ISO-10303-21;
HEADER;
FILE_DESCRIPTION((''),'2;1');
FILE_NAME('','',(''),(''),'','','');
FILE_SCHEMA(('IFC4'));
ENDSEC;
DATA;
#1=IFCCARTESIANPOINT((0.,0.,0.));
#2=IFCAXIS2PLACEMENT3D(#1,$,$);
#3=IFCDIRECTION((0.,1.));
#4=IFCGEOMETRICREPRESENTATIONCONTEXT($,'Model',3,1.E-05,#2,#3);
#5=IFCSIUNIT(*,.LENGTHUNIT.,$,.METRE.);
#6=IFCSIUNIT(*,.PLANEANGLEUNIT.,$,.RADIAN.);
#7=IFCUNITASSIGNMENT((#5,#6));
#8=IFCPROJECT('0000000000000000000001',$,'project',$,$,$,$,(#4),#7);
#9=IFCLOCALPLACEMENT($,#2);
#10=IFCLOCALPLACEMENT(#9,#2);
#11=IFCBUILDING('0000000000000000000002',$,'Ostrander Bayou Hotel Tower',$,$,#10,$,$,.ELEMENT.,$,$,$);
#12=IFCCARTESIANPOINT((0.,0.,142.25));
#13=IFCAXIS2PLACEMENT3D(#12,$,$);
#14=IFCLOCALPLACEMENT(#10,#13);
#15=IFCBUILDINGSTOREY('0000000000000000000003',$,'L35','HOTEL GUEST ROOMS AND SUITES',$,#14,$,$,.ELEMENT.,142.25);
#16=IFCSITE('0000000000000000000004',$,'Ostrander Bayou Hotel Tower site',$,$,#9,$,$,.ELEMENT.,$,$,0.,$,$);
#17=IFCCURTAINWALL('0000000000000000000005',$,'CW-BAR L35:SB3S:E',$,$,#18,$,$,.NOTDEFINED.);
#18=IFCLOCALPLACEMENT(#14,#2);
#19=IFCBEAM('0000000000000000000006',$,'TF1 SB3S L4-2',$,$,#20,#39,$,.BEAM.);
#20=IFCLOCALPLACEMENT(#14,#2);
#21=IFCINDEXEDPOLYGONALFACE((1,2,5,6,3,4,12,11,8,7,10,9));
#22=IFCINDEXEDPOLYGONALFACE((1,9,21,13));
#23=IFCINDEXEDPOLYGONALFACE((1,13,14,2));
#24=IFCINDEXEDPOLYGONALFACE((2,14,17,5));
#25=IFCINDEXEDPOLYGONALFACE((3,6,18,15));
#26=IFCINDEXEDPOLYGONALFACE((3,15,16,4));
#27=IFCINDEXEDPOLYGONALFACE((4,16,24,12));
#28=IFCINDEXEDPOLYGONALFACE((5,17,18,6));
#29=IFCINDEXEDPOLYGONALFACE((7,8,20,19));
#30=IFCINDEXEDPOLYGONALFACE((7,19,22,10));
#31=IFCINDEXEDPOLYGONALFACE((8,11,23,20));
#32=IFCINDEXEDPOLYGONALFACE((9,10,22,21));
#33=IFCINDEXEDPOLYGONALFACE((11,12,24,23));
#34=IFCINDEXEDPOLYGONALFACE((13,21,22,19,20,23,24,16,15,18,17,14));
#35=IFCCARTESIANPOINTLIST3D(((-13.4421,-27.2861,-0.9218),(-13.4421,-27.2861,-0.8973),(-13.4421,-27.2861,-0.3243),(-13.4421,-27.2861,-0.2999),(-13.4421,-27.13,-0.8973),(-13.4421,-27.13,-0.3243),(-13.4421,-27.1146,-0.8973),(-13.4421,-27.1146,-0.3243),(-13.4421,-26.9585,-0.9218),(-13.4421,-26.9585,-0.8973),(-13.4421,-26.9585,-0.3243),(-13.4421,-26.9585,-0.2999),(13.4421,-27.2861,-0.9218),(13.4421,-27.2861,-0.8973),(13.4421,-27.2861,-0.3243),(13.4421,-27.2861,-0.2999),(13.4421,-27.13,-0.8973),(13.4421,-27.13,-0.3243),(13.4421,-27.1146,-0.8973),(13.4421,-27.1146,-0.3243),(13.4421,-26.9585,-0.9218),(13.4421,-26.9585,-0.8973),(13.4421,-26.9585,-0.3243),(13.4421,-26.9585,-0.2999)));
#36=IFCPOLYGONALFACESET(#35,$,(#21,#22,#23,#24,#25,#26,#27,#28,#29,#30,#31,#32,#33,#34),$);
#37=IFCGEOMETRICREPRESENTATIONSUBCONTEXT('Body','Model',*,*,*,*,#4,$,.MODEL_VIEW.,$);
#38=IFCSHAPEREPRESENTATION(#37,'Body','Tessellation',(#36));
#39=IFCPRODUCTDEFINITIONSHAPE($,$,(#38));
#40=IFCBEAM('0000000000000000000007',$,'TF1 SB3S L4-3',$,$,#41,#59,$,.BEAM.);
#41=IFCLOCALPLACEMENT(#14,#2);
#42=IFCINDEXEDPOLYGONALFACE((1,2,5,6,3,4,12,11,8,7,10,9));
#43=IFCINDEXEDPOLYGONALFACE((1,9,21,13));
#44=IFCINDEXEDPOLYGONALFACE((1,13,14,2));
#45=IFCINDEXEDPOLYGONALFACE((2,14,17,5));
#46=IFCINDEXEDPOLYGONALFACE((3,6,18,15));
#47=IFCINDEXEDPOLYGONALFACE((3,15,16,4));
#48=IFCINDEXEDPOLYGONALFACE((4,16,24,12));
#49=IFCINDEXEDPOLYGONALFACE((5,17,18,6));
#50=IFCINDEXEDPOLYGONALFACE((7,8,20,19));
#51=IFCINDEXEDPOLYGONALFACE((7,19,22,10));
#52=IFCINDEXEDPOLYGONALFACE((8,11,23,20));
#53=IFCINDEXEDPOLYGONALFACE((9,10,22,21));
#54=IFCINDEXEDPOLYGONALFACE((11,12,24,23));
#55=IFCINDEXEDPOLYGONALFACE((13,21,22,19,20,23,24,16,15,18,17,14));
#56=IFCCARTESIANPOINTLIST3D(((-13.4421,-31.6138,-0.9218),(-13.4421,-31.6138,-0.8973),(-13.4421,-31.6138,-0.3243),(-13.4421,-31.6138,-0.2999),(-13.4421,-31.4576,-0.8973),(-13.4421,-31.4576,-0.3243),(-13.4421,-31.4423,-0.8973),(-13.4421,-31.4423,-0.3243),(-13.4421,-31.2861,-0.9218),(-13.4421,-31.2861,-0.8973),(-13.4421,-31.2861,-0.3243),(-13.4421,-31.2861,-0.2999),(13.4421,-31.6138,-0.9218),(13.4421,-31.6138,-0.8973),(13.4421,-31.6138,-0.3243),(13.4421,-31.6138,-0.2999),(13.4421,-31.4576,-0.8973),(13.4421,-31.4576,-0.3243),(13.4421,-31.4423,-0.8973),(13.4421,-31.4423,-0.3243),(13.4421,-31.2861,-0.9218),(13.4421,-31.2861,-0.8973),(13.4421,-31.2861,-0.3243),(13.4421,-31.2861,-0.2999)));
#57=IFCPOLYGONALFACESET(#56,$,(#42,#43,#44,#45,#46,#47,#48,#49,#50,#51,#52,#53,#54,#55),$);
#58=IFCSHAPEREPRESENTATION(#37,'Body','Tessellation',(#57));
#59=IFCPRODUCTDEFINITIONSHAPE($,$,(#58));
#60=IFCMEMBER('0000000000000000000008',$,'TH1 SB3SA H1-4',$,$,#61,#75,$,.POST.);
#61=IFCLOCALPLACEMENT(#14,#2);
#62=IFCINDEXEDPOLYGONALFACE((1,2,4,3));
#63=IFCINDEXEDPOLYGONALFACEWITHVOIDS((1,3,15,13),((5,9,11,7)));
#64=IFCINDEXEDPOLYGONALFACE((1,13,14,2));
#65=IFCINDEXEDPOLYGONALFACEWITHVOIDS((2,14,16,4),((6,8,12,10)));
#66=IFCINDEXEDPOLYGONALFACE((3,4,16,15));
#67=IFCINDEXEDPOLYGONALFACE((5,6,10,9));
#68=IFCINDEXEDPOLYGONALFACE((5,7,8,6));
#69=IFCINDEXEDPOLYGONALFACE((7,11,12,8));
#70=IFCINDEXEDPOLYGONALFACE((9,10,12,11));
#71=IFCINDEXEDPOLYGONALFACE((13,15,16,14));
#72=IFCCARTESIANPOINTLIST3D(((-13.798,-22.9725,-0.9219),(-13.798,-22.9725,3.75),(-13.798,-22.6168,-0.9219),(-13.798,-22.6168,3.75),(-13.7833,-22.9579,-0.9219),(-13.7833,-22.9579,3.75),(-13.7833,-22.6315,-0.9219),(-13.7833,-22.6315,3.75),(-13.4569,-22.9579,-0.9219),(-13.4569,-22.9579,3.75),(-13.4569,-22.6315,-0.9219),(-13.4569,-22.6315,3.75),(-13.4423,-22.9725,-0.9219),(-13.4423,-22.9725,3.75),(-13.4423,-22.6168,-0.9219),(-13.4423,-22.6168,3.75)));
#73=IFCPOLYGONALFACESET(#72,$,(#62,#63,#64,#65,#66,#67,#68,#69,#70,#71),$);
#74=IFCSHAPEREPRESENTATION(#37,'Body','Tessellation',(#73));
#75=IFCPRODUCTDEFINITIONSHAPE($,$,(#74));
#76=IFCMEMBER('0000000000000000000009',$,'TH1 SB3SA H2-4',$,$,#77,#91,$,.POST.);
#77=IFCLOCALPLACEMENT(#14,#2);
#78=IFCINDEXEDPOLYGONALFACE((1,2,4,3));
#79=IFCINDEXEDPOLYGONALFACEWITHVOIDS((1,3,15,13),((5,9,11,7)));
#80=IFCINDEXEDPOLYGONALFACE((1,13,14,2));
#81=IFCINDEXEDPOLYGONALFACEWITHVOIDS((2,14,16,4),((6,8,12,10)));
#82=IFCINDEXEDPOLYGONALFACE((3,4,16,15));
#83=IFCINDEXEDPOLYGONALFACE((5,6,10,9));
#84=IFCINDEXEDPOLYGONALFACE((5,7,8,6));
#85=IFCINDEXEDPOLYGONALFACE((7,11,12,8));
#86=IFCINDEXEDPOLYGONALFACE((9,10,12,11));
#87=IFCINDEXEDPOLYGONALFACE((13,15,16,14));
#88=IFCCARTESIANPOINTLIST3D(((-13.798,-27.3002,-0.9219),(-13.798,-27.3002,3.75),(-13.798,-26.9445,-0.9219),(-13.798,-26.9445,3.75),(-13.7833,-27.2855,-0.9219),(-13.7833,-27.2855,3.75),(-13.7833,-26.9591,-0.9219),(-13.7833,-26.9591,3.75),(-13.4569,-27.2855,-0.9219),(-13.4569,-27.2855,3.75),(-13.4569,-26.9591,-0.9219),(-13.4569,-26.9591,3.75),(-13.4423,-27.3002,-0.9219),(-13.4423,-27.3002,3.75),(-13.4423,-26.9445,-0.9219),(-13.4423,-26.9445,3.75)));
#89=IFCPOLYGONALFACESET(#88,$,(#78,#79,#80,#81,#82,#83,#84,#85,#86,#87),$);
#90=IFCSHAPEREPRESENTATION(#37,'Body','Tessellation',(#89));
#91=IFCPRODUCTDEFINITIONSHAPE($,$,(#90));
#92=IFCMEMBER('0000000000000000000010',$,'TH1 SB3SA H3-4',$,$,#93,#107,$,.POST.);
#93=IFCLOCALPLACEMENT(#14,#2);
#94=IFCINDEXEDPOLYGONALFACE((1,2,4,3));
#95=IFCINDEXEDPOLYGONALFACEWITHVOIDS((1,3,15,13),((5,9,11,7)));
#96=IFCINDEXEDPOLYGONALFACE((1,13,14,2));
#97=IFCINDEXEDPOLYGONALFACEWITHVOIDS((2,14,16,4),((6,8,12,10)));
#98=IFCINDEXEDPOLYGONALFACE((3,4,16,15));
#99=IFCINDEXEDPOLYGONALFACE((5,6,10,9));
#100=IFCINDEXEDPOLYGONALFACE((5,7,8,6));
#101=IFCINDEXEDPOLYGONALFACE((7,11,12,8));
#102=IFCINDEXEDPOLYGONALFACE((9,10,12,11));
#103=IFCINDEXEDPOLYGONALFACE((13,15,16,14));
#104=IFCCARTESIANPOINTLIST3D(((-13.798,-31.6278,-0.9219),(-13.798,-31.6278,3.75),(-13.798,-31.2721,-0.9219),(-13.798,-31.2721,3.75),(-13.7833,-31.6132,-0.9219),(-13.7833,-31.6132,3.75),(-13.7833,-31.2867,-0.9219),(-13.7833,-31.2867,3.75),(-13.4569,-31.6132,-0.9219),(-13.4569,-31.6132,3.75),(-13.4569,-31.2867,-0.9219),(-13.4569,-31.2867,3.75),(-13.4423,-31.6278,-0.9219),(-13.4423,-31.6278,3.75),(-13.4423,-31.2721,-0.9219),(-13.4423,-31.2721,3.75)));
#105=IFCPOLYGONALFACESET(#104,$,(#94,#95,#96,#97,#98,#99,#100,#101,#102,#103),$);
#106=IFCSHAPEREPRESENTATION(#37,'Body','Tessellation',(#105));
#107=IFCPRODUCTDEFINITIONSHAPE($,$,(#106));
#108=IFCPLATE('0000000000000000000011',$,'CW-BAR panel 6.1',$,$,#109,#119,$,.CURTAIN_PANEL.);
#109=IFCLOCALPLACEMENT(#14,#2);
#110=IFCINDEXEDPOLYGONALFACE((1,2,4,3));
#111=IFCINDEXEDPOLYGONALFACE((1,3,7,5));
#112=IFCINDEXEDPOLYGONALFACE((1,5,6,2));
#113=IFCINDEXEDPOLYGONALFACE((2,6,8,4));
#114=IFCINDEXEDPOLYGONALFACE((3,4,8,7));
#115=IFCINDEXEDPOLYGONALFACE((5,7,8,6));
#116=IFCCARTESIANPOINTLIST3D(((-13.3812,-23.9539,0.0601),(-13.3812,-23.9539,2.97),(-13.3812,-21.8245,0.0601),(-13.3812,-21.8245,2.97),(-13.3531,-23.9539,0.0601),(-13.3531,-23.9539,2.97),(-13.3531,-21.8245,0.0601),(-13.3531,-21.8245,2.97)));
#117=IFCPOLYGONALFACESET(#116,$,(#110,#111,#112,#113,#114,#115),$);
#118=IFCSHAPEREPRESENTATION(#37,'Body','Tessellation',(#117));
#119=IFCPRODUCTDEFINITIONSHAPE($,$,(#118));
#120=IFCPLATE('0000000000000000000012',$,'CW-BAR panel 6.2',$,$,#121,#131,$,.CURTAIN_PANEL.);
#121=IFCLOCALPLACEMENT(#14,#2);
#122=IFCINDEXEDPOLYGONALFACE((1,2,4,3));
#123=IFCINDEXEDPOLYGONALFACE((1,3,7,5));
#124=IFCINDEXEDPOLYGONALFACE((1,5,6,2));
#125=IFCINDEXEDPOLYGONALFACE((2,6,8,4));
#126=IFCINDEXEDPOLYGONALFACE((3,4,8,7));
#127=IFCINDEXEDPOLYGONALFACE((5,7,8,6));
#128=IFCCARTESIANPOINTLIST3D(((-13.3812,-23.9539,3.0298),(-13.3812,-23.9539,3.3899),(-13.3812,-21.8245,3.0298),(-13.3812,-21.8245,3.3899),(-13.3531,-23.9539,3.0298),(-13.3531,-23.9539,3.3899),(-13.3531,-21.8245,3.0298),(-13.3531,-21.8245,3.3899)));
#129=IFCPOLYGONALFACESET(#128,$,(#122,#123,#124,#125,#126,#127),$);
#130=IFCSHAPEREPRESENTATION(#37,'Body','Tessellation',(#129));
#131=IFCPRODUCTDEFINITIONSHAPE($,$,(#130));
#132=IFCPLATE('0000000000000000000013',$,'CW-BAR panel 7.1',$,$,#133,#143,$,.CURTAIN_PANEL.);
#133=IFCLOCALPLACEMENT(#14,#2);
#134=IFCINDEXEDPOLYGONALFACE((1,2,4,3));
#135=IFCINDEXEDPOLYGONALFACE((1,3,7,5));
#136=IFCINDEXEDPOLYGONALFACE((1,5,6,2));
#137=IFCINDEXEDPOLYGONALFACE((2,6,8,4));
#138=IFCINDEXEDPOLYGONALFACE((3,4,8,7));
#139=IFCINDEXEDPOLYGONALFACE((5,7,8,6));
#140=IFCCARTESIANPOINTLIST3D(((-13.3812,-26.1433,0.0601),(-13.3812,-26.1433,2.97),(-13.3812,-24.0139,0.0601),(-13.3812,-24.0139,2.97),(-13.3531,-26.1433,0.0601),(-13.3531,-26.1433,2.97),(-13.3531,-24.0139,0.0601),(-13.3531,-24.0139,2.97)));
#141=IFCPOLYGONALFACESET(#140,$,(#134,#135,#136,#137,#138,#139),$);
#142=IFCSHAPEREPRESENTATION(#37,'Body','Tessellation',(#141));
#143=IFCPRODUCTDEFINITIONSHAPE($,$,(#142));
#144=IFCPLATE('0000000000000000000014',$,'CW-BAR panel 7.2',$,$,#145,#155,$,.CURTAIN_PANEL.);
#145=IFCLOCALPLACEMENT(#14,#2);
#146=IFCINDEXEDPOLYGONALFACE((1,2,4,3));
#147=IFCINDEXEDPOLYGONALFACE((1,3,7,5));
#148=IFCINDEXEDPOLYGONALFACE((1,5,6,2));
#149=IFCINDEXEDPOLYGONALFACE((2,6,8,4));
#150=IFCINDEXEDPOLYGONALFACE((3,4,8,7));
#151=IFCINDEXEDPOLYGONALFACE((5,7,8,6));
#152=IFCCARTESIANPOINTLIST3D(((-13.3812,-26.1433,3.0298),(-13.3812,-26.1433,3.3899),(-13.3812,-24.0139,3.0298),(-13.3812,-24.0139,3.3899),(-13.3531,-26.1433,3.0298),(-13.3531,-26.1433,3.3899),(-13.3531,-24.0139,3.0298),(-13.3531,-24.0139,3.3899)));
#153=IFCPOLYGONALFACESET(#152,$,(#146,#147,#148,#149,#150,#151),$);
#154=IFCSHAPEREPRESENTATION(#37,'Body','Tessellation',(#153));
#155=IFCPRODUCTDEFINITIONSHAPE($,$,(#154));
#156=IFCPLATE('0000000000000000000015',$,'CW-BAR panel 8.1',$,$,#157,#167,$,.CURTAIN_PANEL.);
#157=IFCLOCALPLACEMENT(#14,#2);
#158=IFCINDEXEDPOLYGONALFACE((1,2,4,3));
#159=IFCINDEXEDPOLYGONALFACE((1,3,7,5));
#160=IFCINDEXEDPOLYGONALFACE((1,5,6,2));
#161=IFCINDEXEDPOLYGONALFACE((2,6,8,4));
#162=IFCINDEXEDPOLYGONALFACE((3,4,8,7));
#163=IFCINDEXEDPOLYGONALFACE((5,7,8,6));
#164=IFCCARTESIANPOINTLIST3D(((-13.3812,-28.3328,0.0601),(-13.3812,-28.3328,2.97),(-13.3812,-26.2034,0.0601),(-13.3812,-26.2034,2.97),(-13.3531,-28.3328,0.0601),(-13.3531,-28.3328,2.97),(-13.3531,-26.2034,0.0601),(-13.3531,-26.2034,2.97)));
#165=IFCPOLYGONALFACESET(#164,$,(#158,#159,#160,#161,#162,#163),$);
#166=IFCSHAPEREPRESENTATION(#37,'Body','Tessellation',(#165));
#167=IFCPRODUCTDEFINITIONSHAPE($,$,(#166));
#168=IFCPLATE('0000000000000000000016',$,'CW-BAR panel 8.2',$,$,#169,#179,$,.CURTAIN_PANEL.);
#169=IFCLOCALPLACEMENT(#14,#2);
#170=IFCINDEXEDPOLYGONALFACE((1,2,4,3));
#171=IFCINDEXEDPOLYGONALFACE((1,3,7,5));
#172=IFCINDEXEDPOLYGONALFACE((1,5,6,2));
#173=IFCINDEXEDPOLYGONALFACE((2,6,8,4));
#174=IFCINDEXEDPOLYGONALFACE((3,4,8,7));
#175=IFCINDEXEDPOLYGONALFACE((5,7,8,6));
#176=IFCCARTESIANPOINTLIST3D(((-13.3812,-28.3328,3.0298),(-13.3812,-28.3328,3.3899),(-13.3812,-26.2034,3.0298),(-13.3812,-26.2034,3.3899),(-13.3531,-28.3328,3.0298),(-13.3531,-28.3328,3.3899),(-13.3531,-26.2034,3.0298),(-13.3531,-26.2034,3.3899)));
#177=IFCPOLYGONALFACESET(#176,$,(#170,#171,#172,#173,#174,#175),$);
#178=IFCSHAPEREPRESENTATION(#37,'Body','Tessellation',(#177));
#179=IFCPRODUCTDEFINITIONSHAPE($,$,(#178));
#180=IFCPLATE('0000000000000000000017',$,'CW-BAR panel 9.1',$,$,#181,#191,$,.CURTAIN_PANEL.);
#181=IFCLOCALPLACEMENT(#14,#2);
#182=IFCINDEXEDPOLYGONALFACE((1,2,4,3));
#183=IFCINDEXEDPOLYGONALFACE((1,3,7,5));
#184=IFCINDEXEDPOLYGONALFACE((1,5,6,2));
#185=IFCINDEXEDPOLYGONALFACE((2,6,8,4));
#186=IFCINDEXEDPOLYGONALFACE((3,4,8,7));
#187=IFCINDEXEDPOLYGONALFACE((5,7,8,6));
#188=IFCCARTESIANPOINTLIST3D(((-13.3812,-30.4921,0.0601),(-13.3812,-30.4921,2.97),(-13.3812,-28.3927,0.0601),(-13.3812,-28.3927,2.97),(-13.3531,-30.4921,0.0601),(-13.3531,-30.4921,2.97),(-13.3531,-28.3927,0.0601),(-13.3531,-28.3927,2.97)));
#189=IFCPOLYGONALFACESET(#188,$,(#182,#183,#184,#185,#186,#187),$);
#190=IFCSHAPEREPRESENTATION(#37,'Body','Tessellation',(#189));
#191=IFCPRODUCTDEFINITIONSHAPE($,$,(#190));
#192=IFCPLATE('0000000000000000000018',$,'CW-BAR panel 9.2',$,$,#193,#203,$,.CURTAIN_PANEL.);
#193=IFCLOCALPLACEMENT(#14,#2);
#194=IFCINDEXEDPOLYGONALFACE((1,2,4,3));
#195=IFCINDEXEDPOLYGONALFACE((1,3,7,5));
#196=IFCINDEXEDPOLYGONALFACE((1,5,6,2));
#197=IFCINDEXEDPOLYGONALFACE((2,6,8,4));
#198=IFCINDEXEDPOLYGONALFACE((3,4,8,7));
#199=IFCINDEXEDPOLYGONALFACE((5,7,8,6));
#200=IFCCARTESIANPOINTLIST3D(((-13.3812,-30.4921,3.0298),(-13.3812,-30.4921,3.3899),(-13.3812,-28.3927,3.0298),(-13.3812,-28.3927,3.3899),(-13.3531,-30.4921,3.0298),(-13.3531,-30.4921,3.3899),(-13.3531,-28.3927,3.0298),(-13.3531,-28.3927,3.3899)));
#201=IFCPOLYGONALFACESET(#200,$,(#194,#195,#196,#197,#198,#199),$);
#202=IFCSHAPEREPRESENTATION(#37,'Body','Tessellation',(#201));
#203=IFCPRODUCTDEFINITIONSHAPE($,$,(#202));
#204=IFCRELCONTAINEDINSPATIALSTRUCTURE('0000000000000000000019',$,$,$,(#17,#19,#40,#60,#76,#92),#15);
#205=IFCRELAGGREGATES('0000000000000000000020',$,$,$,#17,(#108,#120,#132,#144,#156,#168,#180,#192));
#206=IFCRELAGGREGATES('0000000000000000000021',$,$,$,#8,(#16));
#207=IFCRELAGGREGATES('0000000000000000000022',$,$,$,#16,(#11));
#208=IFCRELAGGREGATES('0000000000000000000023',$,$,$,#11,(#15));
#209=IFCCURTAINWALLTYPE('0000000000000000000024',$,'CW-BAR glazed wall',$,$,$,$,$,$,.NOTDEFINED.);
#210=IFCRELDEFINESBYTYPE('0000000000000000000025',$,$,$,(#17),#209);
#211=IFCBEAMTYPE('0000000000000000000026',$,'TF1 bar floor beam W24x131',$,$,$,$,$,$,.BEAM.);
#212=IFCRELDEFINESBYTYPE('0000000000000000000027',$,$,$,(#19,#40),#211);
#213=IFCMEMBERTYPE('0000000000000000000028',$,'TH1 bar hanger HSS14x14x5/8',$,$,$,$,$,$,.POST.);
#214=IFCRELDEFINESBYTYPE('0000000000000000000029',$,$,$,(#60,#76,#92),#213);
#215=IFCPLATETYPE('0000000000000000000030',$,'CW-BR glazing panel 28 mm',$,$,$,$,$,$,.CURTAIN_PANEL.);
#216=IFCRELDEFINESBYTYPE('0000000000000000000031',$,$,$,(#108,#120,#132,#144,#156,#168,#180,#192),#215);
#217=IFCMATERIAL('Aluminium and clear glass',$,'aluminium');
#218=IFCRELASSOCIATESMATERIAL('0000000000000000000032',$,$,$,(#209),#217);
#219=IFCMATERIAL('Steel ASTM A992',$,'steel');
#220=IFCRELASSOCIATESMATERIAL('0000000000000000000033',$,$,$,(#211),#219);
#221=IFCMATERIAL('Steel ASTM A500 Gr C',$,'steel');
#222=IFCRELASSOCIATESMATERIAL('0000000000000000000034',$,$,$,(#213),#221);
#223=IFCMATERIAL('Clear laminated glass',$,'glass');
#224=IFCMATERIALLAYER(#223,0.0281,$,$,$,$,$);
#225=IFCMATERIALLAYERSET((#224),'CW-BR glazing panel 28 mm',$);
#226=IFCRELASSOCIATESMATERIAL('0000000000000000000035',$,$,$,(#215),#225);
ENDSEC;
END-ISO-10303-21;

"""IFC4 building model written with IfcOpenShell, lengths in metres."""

from ifc_helpers import new_model, si_unit, direction, frame, origin, origin_2d, place, context, subcontext, project, spatial, rectangle, hollow_rectangle, i_section, extrude, material, layer, layer_set, material_profile, profile_set, type_object, element, aggregate, save


model = new_model("IFC4")

# Units and contexts
model_context = context("Model", 3, precision=1e-05, world=origin(), true_north=direction((0.0, 1.0)))
body_context = subcontext(model_context, "Body", "Model", "MODEL_VIEW")
ifc_project = project(units=[si_unit("LENGTHUNIT", "METRE"), si_unit("PLANEANGLEUNIT", "RADIAN")], contexts=[model_context])

# Site, building, storey
site_placement = place(None, origin())
site = spatial("IfcSite", under=ifc_project, at=site_placement, Name="Ostrander Bayou Hotel Tower site", CompositionType="ELEMENT", RefElevation=0.0)
building_placement = place(site_placement, origin())
building = spatial("IfcBuilding", under=site, at=building_placement, Name="Ostrander Bayou Hotel Tower", CompositionType="ELEMENT")
storey_placement = place(building_placement, frame((0.0, 0.0, 142.25)))
storey = spatial("IfcBuildingStorey", under=building, at=storey_placement, Name="L35", Description="HOTEL GUEST ROOMS AND SUITES", CompositionType="ELEMENT", Elevation=142.25)

# Curtain wall
ifc_material_1 = material(Name="Aluminium and clear glass", Category="aluminium")
curtain_wall_type = type_object("IfcCurtainWallType", Name="CW-BAR glazed wall", PredefinedType="NOTDEFINED", material=ifc_material_1)
curtain_wall_1_placement = place(storey_placement, origin())
curtain_wall_1 = element("IfcCurtainWall", 1, at=curtain_wall_1_placement, inside=storey, type_object=curtain_wall_type, Name="CW-BAR L35:SB3S:E", PredefinedType="NOTDEFINED")

# Beams
ifc_material_2 = material(Name="Steel ASTM A992", Category="steel")
ifc_material_profile_1 = material_profile(ifc_material_2, i_section(OverallWidth=0.3276, OverallDepth=0.6218, WebThickness=0.0154, FlangeThickness=0.0244, at=origin_2d()))
ifc_profile_set_1 = profile_set([ifc_material_profile_1], Name="Steel ASTM A992")
beam_type = type_object("IfcBeamType", Name="TF1 bar floor beam W24x131", PredefinedType="BEAM", material=ifc_profile_set_1)
for number, where, z_axis, x_axis, name in (
    (2, (-13.4421, -27.1223, -0.6108), (1.0, 0.0, 0.0), (0.0, 1.0, 0.0), "TF1 SB3S L4-2"),
    (3, (-13.4421, -31.45, -0.6108), (1.0, 0.0, 0.0), (0.0, 1.0, 0.0), "TF1 SB3S L4-3"),
):
    element("IfcBeam", number, at=place(storey_placement, frame(where, z_axis=z_axis, x_axis=x_axis)), inside=storey, type_object=beam_type, Name=name, PredefinedType="BEAM", context=body_context, shape_type="SweptSolid", body=[
        extrude(i_section(OverallWidth=0.3276, OverallDepth=0.6218, WebThickness=0.0154, FlangeThickness=0.0244, at=origin_2d()), origin(), (0.0, 0.0, 1.0), 26.8843),
    ])

# Members
ifc_material_3 = material(Name="Steel ASTM A500 Gr C", Category="steel")
ifc_material_profile_2 = material_profile(ifc_material_3, hollow_rectangle(XDim=0.3557, YDim=0.3557, WallThickness=0.0146, at=origin_2d()))
ifc_profile_set_2 = profile_set([ifc_material_profile_2], Name="Steel ASTM A500 Gr C")
member_type_1 = type_object("IfcMemberType", Name="TH1 bar hanger HSS14x14x5/8", PredefinedType="POST", material=ifc_profile_set_2)
for number, where, z_axis, x_axis, name in (
    (4, (-13.6201, -22.7947, -0.9219), (0.0, 0.0, 1.0), (1.0, 0.0, 0.0), "TH1 SB3SA H1-4"),
    (5, (-13.6201, -27.1223, -0.9219), (0.0, 0.0, 1.0), (1.0, 0.0, 0.0), "TH1 SB3SA H2-4"),
    (6, (-13.6201, -31.45, -0.9219), (0.0, 0.0, 1.0), (1.0, 0.0, 0.0), "TH1 SB3SA H3-4"),
):
    element("IfcMember", number, at=place(storey_placement, frame(where, z_axis=z_axis, x_axis=x_axis)), inside=storey, type_object=member_type_1, Name=name, PredefinedType="POST", context=body_context, shape_type="SweptSolid", body=[
        extrude(hollow_rectangle(XDim=0.3557, YDim=0.3557, WallThickness=0.0146, at=origin_2d()), origin(), (0.0, 0.0, 1.0), 4.6719),
    ])

# Plates
ifc_material_4 = material(Name="Clear laminated glass", Category="glass")
ifc_layer_1 = layer(ifc_material_4, 0.0281)
ifc_layer_set_1 = layer_set([ifc_layer_1], Name="CW-BR glazing panel 28 mm")
plate_type = type_object("IfcPlateType", Name="CW-BR glazing panel 28 mm", PredefinedType="CURTAIN_PANEL", material=ifc_layer_set_1)
plate_1_placement = place(storey_placement, frame((-13.3672, -22.8892, 0.0601), z_axis=(0.0, 0.0, 1.0), x_axis=(0.0, -1.0, 0.0)))
plate_1 = element("IfcPlate", 7, at=plate_1_placement, type_object=plate_type, Name="CW-BAR panel 6.1", PredefinedType="CURTAIN_PANEL", context=body_context, shape_type="SweptSolid", body=[
    extrude(rectangle(XDim=2.1294, YDim=0.0281, at=origin_2d()), origin(), (0.0, 0.0, 1.0), 2.9099),
])
plate_2_placement = place(storey_placement, frame((-13.3672, -22.8892, 3.0298), z_axis=(0.0, 0.0, 1.0), x_axis=(0.0, -1.0, 0.0)))
plate_2 = element("IfcPlate", 8, at=plate_2_placement, type_object=plate_type, Name="CW-BAR panel 6.2", PredefinedType="CURTAIN_PANEL", context=body_context, shape_type="SweptSolid", body=[
    extrude(rectangle(XDim=2.1294, YDim=0.0281, at=origin_2d()), origin(), (0.0, 0.0, 1.0), 0.3601),
])
plate_3_placement = place(storey_placement, frame((-13.3672, -25.0786, 0.0601), z_axis=(0.0, 0.0, 1.0), x_axis=(0.0, -1.0, 0.0)))
plate_3 = element("IfcPlate", 9, at=plate_3_placement, type_object=plate_type, Name="CW-BAR panel 7.1", PredefinedType="CURTAIN_PANEL", context=body_context, shape_type="SweptSolid", body=[
    extrude(rectangle(XDim=2.1294, YDim=0.0281, at=origin_2d()), origin(), (0.0, 0.0, 1.0), 2.9099),
])
plate_4_placement = place(storey_placement, frame((-13.3672, -25.0786, 3.0298), z_axis=(0.0, 0.0, 1.0), x_axis=(0.0, -1.0, 0.0)))
plate_4 = element("IfcPlate", 10, at=plate_4_placement, type_object=plate_type, Name="CW-BAR panel 7.2", PredefinedType="CURTAIN_PANEL", context=body_context, shape_type="SweptSolid", body=[
    extrude(rectangle(XDim=2.1294, YDim=0.0281, at=origin_2d()), origin(), (0.0, 0.0, 1.0), 0.3601),
])
plate_5_placement = place(storey_placement, frame((-13.3672, -27.2681, 0.0601), z_axis=(0.0, 0.0, 1.0), x_axis=(0.0, -1.0, 0.0)))
plate_5 = element("IfcPlate", 11, at=plate_5_placement, type_object=plate_type, Name="CW-BAR panel 8.1", PredefinedType="CURTAIN_PANEL", context=body_context, shape_type="SweptSolid", body=[
    extrude(rectangle(XDim=2.1294, YDim=0.0281, at=origin_2d()), origin(), (0.0, 0.0, 1.0), 2.9099),
])
plate_6_placement = place(storey_placement, frame((-13.3672, -27.2681, 3.0298), z_axis=(0.0, 0.0, 1.0), x_axis=(0.0, -1.0, 0.0)))
plate_6 = element("IfcPlate", 12, at=plate_6_placement, type_object=plate_type, Name="CW-BAR panel 8.2", PredefinedType="CURTAIN_PANEL", context=body_context, shape_type="SweptSolid", body=[
    extrude(rectangle(XDim=2.1294, YDim=0.0281, at=origin_2d()), origin(), (0.0, 0.0, 1.0), 0.3601),
])
plate_7_placement = place(storey_placement, frame((-13.3672, -29.4424, 0.0601), z_axis=(0.0, 0.0, 1.0), x_axis=(0.0, -1.0, 0.0)))
plate_7 = element("IfcPlate", 13, at=plate_7_placement, type_object=plate_type, Name="CW-BAR panel 9.1", PredefinedType="CURTAIN_PANEL", context=body_context, shape_type="SweptSolid", body=[
    extrude(rectangle(XDim=2.0994, YDim=0.0281, at=origin_2d()), origin(), (0.0, 0.0, 1.0), 2.9099),
])
plate_8_placement = place(storey_placement, frame((-13.3672, -29.4424, 3.0298), z_axis=(0.0, 0.0, 1.0), x_axis=(0.0, -1.0, 0.0)))
plate_8 = element("IfcPlate", 14, at=plate_8_placement, type_object=plate_type, Name="CW-BAR panel 9.2", PredefinedType="CURTAIN_PANEL", context=body_context, shape_type="SweptSolid", body=[
    extrude(rectangle(XDim=2.0994, YDim=0.0281, at=origin_2d()), origin(), (0.0, 0.0, 1.0), 0.3601),
])
aggregate(curtain_wall_1, [plate_1, plate_2, plate_3, plate_4, plate_5, plate_6, plate_7, plate_8])

save(model, "model.ifc")
